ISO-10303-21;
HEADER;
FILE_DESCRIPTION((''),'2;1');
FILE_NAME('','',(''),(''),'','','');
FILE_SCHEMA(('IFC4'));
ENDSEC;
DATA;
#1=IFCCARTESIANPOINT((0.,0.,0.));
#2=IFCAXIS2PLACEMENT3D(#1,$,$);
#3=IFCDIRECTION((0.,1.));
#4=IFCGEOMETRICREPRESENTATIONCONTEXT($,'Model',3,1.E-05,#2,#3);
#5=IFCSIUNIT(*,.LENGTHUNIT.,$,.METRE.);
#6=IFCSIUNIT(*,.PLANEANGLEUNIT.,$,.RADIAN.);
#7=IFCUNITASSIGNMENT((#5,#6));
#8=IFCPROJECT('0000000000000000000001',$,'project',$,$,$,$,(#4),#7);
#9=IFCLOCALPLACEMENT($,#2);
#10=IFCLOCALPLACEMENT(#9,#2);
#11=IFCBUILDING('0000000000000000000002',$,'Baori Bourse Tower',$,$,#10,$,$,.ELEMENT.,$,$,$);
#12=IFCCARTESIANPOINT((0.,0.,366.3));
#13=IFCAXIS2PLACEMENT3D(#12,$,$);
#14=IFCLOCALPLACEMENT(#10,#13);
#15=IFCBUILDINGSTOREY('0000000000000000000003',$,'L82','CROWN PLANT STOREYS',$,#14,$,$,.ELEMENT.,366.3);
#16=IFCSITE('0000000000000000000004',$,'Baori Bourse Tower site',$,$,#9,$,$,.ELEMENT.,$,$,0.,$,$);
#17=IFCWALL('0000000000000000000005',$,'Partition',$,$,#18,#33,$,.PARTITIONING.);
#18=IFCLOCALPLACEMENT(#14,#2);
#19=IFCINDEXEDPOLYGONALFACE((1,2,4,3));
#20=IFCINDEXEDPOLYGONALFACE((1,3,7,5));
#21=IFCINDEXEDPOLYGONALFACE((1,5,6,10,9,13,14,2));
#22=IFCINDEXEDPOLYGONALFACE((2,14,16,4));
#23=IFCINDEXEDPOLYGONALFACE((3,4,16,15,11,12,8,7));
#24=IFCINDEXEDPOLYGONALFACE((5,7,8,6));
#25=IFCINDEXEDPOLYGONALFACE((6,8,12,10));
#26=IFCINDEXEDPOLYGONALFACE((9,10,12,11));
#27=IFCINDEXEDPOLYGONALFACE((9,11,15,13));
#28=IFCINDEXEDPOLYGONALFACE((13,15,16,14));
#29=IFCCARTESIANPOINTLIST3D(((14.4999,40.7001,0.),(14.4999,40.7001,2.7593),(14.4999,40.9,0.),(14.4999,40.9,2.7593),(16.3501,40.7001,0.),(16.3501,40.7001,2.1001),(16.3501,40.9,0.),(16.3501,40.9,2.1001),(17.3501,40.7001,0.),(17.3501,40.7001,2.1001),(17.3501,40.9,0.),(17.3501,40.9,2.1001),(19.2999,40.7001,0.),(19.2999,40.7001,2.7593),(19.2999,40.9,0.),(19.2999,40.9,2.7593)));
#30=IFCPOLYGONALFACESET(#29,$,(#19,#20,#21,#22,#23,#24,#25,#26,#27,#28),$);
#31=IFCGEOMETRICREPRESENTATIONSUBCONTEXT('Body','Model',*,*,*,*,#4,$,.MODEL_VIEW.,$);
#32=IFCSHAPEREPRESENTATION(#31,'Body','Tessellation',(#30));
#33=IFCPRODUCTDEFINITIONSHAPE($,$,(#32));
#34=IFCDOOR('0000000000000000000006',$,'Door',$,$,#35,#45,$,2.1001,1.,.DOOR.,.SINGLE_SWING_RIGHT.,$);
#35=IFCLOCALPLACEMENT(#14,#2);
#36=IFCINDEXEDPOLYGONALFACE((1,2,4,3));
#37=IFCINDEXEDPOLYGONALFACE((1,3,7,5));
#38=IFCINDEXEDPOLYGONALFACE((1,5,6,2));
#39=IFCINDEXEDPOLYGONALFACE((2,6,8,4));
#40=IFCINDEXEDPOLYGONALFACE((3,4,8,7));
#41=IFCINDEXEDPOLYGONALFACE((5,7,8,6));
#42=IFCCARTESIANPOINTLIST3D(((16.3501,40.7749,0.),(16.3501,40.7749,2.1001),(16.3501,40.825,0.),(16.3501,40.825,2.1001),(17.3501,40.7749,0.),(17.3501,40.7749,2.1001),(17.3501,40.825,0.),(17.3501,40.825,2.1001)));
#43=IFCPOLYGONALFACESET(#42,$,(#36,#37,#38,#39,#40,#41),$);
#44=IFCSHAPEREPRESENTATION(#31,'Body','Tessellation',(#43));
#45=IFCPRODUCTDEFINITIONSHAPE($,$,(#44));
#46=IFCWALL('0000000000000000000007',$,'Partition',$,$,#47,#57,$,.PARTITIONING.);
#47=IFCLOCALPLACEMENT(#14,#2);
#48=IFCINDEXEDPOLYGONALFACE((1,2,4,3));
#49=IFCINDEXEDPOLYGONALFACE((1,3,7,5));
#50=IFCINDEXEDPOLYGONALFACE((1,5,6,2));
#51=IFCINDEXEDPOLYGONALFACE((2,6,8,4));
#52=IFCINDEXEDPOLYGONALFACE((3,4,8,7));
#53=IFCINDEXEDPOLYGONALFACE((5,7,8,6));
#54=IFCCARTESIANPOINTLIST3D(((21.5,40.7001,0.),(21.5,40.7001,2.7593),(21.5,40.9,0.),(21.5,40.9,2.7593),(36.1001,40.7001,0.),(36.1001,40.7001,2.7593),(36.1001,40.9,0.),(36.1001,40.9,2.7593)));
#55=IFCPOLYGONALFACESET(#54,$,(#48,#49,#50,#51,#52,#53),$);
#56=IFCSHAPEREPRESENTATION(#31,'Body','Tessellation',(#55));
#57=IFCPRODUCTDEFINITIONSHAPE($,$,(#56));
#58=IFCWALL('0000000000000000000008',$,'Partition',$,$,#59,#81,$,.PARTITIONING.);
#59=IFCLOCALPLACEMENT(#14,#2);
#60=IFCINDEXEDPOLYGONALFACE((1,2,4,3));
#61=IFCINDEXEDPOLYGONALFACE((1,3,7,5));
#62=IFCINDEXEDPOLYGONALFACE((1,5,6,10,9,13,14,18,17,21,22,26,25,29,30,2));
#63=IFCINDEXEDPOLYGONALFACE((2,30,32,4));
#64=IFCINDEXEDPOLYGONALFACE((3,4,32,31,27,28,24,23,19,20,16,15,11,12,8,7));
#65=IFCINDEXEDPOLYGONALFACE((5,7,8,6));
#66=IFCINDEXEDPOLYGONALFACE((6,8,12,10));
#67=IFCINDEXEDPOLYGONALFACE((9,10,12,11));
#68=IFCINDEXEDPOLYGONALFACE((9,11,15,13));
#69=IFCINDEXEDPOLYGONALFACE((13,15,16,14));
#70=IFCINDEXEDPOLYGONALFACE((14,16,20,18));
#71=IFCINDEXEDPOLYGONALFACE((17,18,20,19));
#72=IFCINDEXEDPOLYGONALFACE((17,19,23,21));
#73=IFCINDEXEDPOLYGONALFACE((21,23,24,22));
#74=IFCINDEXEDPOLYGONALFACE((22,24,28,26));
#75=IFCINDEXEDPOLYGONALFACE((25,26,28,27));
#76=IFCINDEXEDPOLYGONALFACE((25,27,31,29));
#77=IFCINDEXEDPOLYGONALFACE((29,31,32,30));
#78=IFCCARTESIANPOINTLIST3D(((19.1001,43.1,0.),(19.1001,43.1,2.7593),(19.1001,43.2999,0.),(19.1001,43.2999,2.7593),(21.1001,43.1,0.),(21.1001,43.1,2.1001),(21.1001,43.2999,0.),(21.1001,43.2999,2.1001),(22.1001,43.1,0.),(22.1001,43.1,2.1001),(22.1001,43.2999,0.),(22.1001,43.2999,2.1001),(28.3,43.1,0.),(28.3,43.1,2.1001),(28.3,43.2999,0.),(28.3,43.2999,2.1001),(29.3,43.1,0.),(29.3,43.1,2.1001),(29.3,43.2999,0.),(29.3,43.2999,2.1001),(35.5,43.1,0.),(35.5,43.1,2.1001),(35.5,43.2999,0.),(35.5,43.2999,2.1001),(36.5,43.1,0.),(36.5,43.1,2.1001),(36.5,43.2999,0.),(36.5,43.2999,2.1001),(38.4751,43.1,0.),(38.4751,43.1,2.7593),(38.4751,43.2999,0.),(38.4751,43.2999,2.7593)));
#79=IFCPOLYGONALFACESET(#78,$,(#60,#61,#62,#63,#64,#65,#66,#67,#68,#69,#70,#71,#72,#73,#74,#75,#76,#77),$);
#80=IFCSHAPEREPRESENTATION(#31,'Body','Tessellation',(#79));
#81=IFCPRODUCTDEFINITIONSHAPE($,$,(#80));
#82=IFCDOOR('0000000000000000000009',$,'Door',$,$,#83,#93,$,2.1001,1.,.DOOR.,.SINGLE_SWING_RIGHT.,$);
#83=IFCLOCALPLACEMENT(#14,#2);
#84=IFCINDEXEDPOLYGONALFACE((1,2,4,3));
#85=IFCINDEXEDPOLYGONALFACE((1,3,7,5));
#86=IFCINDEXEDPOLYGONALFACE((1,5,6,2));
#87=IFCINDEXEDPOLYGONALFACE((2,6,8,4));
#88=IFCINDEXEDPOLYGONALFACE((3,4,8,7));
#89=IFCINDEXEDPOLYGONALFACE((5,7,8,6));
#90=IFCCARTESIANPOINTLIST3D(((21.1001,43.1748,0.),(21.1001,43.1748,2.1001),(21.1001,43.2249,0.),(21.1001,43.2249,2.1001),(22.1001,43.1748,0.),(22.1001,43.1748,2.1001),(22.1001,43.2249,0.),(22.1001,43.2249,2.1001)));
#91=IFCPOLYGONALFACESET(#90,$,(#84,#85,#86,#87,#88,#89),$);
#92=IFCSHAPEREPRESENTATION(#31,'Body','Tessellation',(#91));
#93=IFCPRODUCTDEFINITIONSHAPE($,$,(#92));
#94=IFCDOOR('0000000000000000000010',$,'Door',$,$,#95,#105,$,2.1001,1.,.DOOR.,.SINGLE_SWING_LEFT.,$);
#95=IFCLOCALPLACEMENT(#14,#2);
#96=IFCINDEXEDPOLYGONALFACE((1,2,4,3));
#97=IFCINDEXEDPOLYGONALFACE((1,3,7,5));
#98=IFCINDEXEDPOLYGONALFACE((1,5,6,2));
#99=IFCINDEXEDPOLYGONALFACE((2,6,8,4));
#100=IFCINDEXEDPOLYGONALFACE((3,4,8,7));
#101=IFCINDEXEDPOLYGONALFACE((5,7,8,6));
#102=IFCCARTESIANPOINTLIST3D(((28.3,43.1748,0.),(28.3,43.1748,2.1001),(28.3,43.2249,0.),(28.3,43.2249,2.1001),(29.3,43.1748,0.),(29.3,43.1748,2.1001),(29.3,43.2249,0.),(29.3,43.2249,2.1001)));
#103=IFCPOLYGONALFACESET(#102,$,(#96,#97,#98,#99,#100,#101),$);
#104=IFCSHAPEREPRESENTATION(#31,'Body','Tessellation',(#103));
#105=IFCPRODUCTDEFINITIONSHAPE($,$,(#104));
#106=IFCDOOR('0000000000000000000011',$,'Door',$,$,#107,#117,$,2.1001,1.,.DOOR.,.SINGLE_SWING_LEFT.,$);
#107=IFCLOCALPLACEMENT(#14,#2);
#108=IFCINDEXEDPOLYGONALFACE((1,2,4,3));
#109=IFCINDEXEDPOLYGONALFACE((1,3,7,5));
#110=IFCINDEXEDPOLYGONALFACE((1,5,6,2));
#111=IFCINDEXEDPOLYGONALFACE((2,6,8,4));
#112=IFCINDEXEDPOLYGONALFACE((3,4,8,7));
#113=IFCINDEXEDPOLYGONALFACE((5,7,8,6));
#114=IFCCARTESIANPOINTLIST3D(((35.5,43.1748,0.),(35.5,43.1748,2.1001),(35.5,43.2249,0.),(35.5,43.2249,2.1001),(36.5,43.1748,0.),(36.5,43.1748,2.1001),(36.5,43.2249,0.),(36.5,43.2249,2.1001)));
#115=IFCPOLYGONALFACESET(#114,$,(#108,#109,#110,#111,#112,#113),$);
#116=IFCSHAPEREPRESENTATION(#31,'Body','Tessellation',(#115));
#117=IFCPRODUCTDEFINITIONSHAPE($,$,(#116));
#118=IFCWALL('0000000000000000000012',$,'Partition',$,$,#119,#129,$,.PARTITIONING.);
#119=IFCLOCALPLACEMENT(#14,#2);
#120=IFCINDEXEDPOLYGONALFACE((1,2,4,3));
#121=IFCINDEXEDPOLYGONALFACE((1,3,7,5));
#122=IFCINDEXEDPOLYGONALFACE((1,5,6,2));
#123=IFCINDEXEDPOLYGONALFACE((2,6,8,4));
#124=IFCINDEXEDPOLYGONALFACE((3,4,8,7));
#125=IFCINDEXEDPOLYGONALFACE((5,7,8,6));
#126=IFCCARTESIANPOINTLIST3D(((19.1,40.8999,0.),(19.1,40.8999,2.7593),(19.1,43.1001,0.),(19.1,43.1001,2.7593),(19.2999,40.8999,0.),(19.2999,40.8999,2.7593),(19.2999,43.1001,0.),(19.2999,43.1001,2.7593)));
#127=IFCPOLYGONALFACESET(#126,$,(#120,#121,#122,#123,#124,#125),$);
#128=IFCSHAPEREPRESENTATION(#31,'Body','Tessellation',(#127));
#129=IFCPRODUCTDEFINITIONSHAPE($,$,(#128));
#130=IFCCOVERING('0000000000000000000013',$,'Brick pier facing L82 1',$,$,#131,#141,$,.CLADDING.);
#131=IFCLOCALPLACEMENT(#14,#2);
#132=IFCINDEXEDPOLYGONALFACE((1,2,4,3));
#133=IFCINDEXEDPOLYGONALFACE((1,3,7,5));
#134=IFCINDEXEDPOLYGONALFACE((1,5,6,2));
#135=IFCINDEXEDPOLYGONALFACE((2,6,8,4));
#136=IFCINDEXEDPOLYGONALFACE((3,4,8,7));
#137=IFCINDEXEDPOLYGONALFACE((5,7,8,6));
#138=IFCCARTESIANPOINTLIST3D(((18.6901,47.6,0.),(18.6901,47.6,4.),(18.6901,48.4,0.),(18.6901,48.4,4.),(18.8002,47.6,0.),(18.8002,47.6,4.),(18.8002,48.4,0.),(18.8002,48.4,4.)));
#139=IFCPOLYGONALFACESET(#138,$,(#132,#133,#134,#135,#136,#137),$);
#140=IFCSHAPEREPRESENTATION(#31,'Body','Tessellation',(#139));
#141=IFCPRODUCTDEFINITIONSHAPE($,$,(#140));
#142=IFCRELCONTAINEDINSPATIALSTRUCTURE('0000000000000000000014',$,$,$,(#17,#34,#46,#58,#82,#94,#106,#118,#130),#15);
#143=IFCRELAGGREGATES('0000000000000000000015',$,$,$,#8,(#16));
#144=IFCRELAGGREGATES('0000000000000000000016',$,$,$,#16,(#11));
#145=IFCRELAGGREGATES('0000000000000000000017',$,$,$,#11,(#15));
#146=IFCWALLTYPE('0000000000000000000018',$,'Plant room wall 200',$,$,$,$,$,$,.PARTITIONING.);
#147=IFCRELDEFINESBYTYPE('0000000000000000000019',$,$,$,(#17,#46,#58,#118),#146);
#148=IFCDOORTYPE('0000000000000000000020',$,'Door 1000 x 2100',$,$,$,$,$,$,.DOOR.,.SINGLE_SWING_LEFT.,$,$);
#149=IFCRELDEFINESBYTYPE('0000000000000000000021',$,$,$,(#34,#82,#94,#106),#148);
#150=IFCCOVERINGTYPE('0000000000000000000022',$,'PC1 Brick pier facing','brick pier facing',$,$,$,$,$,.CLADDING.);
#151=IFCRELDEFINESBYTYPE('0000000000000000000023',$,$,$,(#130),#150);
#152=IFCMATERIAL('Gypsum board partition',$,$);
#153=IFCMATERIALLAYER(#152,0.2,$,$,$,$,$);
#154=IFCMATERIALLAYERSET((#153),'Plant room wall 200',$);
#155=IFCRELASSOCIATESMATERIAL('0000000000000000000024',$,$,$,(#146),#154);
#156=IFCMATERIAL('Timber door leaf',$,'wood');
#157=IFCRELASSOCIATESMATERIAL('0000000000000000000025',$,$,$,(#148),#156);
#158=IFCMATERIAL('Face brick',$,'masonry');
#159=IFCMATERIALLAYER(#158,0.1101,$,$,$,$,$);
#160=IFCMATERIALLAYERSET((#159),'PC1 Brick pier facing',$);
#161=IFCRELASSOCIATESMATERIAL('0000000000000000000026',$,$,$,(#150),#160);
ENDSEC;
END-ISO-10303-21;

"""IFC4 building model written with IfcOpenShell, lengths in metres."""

from ifc_helpers import new_model, si_unit, direction, frame, frame_2d, origin, origin_2d, place, context, subcontext, project, spatial, rectangle, extrude, material, layer, layer_set, type_object, element, fill, save


model = new_model("IFC4")

# Units and contexts
model_context = context("Model", 3, precision=1e-05, world=origin(), true_north=direction((0.0, 1.0)))
body_context = subcontext(model_context, "Body", "Model", "MODEL_VIEW")
ifc_project = project(units=[si_unit("LENGTHUNIT", "METRE"), si_unit("PLANEANGLEUNIT", "RADIAN")], contexts=[model_context])

# Site, building, storey
site_placement = place(None, origin())
site = spatial("IfcSite", under=ifc_project, at=site_placement, Name="Baori Bourse Tower site", CompositionType="ELEMENT", RefElevation=0.0)
building_placement = place(site_placement, origin())
building = spatial("IfcBuilding", under=site, at=building_placement, Name="Baori Bourse Tower", CompositionType="ELEMENT")
storey_placement = place(building_placement, frame((0.0, 0.0, 366.3)))
storey = spatial("IfcBuildingStorey", under=building, at=storey_placement, Name="L82", Description="CROWN PLANT STOREYS", CompositionType="ELEMENT", Elevation=366.3)

# Wall, opening, door
ifc_material_1 = material(Name="Gypsum board partition")
ifc_layer_1 = layer(ifc_material_1, 0.2)
ifc_layer_set_1 = layer_set([ifc_layer_1], Name="Plant room wall 200")
wall_type_1 = type_object("IfcWallType", Name="Plant room wall 200", PredefinedType="PARTITIONING", material=ifc_layer_set_1)
wall_1_placement = place(storey_placement, frame((14.5, 40.8, 0.0), z_axis=(0.0, 0.0, 1.0), x_axis=(1.0, 0.0, 0.0)))
wall_1 = element("IfcWall", 1, at=wall_1_placement, inside=storey, type_object=wall_type_1, Name="Partition", PredefinedType="PARTITIONING", context=body_context, shape_type="SweptSolid", body=[
    extrude(rectangle(XDim=4.8, YDim=0.2, at=frame_2d((2.3999, 0.0))), origin(), (0.0, 0.0, 1.0), 2.7593),
])
opening_1_placement = place(wall_1_placement, frame((1.8501, 0.0, 0.0)))
opening_1 = element("IfcOpeningElement", 2, at=opening_1_placement, cuts=wall_1, PredefinedType="OPENING", context=body_context, shape_type="SweptSolid", body=[
    extrude(rectangle(XDim=1.0, YDim=2.1001, at=frame_2d((0.5, 1.05))), frame((0.0, 0.1099, 0.0), z_axis=(0.0, -1.0, 0.0), x_axis=(1.0, 0.0, 0.0)), (0.0, 0.0, 1.0), 0.22),
])
ifc_material_2 = material(Name="Timber door leaf", Category="wood")
door_type_1 = type_object("IfcDoorType", Name="Door 1000 x 2100", OperationType="SINGLE_SWING_LEFT", PredefinedType="DOOR", material=ifc_material_2)
door_1_placement = place(opening_1_placement, origin())
door_1 = element("IfcDoor", 3, at=door_1_placement, inside=storey, type_object=door_type_1, Name="Door", OperationType="SINGLE_SWING_RIGHT", OverallHeight=2.1001, OverallWidth=1.0, PredefinedType="DOOR", context=body_context, shape_type="SweptSolid", body=[
    extrude(rectangle(XDim=1.0, YDim=2.1001, at=frame_2d((0.5, 1.05))), frame((0.0, 0.0249, 0.0), z_axis=(0.0, -1.0, 0.0), x_axis=(1.0, 0.0, 0.0)), (0.0, 0.0, 1.0), 0.05),
])
fill(opening_1, door_1)

# Wall
wall_2_placement = place(storey_placement, frame((21.5, 40.8, 0.0), z_axis=(0.0, 0.0, 1.0), x_axis=(1.0, 0.0, 0.0)))
element("IfcWall", 4, at=wall_2_placement, inside=storey, type_object=wall_type_1, Name="Partition", PredefinedType="PARTITIONING", context=body_context, shape_type="SweptSolid", body=[
    extrude(rectangle(XDim=14.6001, YDim=0.2, at=frame_2d((7.3, 0.0))), origin(), (0.0, 0.0, 1.0), 2.7593),
])

# Wall, openings, doors
wall_3_placement = place(storey_placement, frame((19.1001, 43.2, 0.0), z_axis=(0.0, 0.0, 1.0), x_axis=(1.0, 0.0, 0.0)))
wall_3 = element("IfcWall", 5, at=wall_3_placement, inside=storey, type_object=wall_type_1, Name="Partition", PredefinedType="PARTITIONING", context=body_context, shape_type="SweptSolid", body=[
    extrude(rectangle(XDim=19.375, YDim=0.2, at=frame_2d((9.6875, 0.0))), origin(), (0.0, 0.0, 1.0), 2.7593),
])
opening_2_placement = place(wall_3_placement, frame((2.0, 0.0, 0.0)))
opening_2 = element("IfcOpeningElement", 6, at=opening_2_placement, cuts=wall_3, PredefinedType="OPENING", context=body_context, shape_type="SweptSolid", body=[
    extrude(rectangle(XDim=1.0, YDim=2.1001, at=frame_2d((0.5, 1.05))), frame((0.0, 0.1099, 0.0), z_axis=(0.0, -1.0, 0.0), x_axis=(1.0, 0.0, 0.0)), (0.0, 0.0, 1.0), 0.22),
])
opening_3_placement = place(wall_3_placement, frame((9.2, 0.0, 0.0)))
opening_3 = element("IfcOpeningElement", 7, at=opening_3_placement, cuts=wall_3, PredefinedType="OPENING", context=body_context, shape_type="SweptSolid", body=[
    extrude(rectangle(XDim=1.0, YDim=2.1001, at=frame_2d((0.5, 1.05))), frame((0.0, 0.1099, 0.0), z_axis=(0.0, -1.0, 0.0), x_axis=(1.0, 0.0, 0.0)), (0.0, 0.0, 1.0), 0.22),
])
opening_4_placement = place(wall_3_placement, frame((16.3999, 0.0, 0.0)))
opening_4 = element("IfcOpeningElement", 8, at=opening_4_placement, cuts=wall_3, PredefinedType="OPENING", context=body_context, shape_type="SweptSolid", body=[
    extrude(rectangle(XDim=1.0, YDim=2.1001, at=frame_2d((0.5, 1.05))), frame((0.0, 0.1099, 0.0), z_axis=(0.0, -1.0, 0.0), x_axis=(1.0, 0.0, 0.0)), (0.0, 0.0, 1.0), 0.22),
])
door_2_placement = place(opening_2_placement, origin())
door_2 = element("IfcDoor", 9, at=door_2_placement, inside=storey, type_object=door_type_1, Name="Door", OperationType="SINGLE_SWING_RIGHT", OverallHeight=2.1001, OverallWidth=1.0, PredefinedType="DOOR", context=body_context, shape_type="SweptSolid", body=[
    extrude(rectangle(XDim=1.0, YDim=2.1001, at=frame_2d((0.5, 1.05))), frame((0.0, 0.0249, 0.0), z_axis=(0.0, -1.0, 0.0), x_axis=(1.0, 0.0, 0.0)), (0.0, 0.0, 1.0), 0.05),
])
fill(opening_2, door_2)
door_3_placement = place(opening_3_placement, origin())
door_3 = element("IfcDoor", 10, at=door_3_placement, inside=storey, type_object=door_type_1, Name="Door", OperationType="SINGLE_SWING_LEFT", OverallHeight=2.1001, OverallWidth=1.0, PredefinedType="DOOR", context=body_context, shape_type="SweptSolid", body=[
    extrude(rectangle(XDim=1.0, YDim=2.1001, at=frame_2d((0.5, 1.05))), frame((0.0, 0.0249, 0.0), z_axis=(0.0, -1.0, 0.0), x_axis=(1.0, 0.0, 0.0)), (0.0, 0.0, 1.0), 0.05),
])
fill(opening_3, door_3)
door_4_placement = place(opening_4_placement, origin())
door_4 = element("IfcDoor", 11, at=door_4_placement, inside=storey, type_object=door_type_1, Name="Door", OperationType="SINGLE_SWING_LEFT", OverallHeight=2.1001, OverallWidth=1.0, PredefinedType="DOOR", context=body_context, shape_type="SweptSolid", body=[
    extrude(rectangle(XDim=1.0, YDim=2.1001, at=frame_2d((0.5, 1.05))), frame((0.0, 0.0249, 0.0), z_axis=(0.0, -1.0, 0.0), x_axis=(1.0, 0.0, 0.0)), (0.0, 0.0, 1.0), 0.05),
])
fill(opening_4, door_4)

# Wall
wall_4_placement = place(storey_placement, frame((19.2, 40.8999, 0.0), z_axis=(0.0, 0.0, 1.0), x_axis=(0.0, 1.0, 0.0)))
element("IfcWall", 12, at=wall_4_placement, inside=storey, type_object=wall_type_1, Name="Partition", PredefinedType="PARTITIONING", context=body_context, shape_type="SweptSolid", body=[
    extrude(rectangle(XDim=2.2002, YDim=0.2, at=frame_2d((1.1001, 0.0))), origin(), (0.0, 0.0, 1.0), 2.7593),
])

# Covering
ifc_material_3 = material(Name="Face brick", Category="masonry")
ifc_layer_2 = layer(ifc_material_3, 0.1101)
ifc_layer_set_2 = layer_set([ifc_layer_2], Name="PC1 Brick pier facing")
covering_type = type_object("IfcCoveringType", Name="PC1 Brick pier facing", Description="brick pier facing", PredefinedType="CLADDING", material=ifc_layer_set_2)
covering_placement = place(storey_placement, frame((18.7451, 48.0, 0.0), z_axis=(0.0, 0.0, 1.0), x_axis=(1.0, 0.0, 0.0)))
element("IfcCovering", 13, at=covering_placement, inside=storey, type_object=covering_type, Name="Brick pier facing L82 1", PredefinedType="CLADDING", context=body_context, shape_type="SweptSolid", body=[
    extrude(rectangle(XDim=0.1101, YDim=0.8, at=origin_2d()), origin(), (0.0, 0.0, 1.0), 4.0),
])

save(model, "model.ifc")
